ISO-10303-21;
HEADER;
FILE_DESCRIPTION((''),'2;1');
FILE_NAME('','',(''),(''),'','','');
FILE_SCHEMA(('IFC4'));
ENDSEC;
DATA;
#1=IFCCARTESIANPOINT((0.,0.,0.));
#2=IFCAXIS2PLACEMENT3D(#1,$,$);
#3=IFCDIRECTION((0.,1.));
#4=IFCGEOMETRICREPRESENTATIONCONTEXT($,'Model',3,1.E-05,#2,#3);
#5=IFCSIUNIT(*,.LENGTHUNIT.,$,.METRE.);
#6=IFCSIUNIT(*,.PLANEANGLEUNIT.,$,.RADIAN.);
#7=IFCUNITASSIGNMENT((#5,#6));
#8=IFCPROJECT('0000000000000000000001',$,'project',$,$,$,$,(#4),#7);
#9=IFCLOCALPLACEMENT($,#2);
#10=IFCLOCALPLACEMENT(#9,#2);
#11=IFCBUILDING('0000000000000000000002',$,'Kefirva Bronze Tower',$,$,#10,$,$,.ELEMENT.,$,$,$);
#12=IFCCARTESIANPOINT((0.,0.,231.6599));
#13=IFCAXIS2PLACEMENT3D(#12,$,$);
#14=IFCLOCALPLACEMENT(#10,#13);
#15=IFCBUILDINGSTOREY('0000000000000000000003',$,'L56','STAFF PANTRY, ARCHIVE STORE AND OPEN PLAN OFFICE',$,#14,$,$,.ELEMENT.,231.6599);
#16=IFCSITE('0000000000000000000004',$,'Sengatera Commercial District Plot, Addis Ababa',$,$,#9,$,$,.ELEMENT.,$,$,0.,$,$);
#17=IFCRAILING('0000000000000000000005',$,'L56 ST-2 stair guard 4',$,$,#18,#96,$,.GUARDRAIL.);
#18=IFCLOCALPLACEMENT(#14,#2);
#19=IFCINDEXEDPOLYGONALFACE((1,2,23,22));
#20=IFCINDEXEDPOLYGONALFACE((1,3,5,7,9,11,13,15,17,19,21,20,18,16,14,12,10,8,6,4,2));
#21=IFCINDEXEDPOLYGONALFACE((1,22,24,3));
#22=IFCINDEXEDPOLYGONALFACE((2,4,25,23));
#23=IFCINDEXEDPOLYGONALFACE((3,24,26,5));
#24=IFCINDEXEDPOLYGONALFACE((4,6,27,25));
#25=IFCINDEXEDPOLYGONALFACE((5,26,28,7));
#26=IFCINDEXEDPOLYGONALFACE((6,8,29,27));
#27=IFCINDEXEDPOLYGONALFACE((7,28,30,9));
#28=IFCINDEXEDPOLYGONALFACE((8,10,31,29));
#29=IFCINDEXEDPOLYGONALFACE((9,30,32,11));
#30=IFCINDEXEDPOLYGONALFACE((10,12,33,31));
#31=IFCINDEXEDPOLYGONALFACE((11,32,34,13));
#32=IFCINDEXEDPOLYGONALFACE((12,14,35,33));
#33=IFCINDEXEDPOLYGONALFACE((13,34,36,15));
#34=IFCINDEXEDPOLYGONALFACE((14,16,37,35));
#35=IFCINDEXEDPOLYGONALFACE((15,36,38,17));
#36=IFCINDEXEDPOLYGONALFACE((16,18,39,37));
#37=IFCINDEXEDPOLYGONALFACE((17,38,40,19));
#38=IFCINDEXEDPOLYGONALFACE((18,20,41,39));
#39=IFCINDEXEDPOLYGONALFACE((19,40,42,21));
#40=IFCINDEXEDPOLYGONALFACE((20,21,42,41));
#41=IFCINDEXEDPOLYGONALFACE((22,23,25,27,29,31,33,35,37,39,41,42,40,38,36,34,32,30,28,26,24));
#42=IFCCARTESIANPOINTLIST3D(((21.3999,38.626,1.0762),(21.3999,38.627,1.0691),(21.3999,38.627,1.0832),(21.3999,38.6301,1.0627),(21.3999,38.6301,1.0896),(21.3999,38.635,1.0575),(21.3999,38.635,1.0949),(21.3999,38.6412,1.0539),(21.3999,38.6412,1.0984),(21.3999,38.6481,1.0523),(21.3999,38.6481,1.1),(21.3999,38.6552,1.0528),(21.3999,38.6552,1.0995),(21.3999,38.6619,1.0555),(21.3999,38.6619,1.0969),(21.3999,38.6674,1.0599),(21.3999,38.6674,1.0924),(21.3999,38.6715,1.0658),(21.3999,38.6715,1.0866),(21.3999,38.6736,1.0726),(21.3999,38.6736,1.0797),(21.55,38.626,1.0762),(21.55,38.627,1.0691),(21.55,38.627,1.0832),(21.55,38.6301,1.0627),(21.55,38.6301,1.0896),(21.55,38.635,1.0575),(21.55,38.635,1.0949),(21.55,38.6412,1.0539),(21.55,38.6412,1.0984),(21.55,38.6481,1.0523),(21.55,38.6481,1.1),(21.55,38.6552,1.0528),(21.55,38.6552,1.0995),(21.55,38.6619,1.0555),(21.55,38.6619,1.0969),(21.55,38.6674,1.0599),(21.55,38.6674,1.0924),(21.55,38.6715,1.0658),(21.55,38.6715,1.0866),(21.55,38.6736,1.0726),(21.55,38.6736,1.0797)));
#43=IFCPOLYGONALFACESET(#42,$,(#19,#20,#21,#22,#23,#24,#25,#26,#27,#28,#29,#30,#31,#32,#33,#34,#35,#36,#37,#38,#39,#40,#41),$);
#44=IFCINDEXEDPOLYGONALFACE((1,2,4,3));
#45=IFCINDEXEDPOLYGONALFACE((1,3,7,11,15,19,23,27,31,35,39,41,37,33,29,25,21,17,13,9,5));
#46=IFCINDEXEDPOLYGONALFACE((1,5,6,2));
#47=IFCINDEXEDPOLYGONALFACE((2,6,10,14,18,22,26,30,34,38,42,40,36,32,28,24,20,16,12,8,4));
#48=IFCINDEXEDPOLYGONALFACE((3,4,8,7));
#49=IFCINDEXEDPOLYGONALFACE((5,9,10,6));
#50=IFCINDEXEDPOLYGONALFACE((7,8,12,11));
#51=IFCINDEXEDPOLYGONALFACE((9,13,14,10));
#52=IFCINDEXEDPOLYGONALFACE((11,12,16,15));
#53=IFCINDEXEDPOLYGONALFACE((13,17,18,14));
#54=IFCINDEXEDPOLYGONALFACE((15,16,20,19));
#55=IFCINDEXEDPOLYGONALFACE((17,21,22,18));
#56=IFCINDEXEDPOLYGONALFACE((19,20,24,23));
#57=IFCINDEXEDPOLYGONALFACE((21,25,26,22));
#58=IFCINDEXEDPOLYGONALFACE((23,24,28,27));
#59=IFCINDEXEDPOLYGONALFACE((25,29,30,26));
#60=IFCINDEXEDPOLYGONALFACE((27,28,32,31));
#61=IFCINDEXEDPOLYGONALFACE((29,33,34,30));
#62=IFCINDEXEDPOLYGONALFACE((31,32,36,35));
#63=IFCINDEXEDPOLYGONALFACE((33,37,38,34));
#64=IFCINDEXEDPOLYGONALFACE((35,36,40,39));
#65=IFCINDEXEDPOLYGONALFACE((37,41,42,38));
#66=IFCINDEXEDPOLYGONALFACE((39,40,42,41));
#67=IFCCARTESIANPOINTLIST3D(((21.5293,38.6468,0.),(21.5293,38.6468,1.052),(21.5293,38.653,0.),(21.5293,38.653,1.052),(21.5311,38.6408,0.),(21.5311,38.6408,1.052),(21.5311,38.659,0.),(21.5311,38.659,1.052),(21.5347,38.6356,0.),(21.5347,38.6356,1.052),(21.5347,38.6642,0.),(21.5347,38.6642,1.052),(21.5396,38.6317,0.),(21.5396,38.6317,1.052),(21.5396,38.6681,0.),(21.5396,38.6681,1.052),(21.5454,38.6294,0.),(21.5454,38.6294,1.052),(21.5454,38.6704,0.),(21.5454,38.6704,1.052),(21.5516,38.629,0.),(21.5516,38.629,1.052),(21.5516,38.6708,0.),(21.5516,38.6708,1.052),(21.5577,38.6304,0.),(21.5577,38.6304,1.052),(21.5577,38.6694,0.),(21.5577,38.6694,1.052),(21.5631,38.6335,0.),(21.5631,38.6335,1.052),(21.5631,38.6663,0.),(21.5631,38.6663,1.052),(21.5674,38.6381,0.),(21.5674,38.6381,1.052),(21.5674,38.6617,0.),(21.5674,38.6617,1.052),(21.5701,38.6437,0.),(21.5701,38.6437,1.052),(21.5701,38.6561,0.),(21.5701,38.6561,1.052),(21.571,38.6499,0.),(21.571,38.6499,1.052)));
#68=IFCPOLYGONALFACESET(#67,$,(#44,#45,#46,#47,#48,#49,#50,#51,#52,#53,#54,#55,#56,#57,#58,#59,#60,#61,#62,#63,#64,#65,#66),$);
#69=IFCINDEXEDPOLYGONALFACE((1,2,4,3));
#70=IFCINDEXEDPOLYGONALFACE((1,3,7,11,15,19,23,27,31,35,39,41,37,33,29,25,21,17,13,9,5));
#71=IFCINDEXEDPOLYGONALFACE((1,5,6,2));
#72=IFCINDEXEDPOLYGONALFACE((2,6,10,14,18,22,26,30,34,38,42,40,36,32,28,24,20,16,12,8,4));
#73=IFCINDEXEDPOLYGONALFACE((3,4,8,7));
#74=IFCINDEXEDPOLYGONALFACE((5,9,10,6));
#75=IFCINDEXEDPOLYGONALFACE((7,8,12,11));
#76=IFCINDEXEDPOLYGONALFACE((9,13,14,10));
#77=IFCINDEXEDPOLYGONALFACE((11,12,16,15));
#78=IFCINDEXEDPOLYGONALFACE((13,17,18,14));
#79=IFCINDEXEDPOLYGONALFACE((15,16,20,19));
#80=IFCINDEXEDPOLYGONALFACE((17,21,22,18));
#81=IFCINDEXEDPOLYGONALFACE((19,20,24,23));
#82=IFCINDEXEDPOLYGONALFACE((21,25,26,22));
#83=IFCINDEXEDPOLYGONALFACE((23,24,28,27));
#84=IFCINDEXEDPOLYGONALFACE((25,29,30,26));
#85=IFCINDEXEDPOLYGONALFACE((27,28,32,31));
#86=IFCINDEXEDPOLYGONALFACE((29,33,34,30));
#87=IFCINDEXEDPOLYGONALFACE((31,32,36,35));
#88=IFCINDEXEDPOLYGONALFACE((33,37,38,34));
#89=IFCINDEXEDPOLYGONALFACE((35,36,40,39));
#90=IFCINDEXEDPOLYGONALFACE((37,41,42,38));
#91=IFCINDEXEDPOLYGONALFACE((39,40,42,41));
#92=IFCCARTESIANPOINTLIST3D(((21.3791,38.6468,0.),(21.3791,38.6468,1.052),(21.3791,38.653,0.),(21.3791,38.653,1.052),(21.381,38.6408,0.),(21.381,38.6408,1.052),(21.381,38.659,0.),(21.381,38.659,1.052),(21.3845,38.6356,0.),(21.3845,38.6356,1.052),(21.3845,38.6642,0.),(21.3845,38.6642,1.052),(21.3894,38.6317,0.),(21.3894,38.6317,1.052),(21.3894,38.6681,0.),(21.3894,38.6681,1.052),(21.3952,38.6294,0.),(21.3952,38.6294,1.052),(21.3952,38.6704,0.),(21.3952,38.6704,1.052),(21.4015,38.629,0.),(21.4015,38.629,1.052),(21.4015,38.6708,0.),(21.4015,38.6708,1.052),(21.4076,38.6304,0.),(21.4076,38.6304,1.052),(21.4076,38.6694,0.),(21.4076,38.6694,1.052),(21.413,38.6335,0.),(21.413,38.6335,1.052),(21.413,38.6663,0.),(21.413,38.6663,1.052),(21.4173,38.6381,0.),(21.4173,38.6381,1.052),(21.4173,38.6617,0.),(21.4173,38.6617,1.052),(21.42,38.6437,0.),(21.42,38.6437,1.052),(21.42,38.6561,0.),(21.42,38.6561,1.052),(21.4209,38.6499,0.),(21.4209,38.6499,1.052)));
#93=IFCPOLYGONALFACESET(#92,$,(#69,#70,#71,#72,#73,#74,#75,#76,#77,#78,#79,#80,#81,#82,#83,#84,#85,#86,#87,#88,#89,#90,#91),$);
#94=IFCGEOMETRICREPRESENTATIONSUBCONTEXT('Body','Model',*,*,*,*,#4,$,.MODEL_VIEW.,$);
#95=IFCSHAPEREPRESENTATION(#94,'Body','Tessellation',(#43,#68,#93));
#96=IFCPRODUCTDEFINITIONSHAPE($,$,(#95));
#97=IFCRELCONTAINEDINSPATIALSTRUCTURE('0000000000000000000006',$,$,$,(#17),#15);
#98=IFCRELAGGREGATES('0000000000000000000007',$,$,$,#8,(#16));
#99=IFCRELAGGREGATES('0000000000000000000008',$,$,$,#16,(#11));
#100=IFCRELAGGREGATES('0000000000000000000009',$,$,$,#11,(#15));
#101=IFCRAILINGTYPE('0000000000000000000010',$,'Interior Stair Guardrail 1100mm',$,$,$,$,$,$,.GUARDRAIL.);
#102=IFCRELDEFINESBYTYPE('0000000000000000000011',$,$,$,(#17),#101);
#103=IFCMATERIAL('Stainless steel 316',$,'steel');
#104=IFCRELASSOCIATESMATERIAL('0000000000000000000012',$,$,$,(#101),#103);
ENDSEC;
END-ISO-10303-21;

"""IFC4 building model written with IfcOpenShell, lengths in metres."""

from ifc_helpers import new_model, si_unit, direction, frame, origin, origin_2d, place, context, subcontext, project, spatial, circle, extrude, material, type_object, element, save


model = new_model("IFC4")

# Units and contexts
model_context = context("Model", 3, precision=1e-05, world=origin(), true_north=direction((0.0, 1.0)))
body_context = subcontext(model_context, "Body", "Model", "MODEL_VIEW")
ifc_project = project(units=[si_unit("LENGTHUNIT", "METRE"), si_unit("PLANEANGLEUNIT", "RADIAN")], contexts=[model_context])

# Site, building, storey
site_placement = place(None, origin())
site = spatial("IfcSite", under=ifc_project, at=site_placement, Name="Sengatera Commercial District Plot, Addis Ababa", CompositionType="ELEMENT", RefElevation=0.0)
building_placement = place(site_placement, origin())
building = spatial("IfcBuilding", under=site, at=building_placement, Name="Kefirva Bronze Tower", CompositionType="ELEMENT")
storey_placement = place(building_placement, frame((0.0, 0.0, 231.6599)))
storey = spatial("IfcBuildingStorey", under=building, at=storey_placement, Name="L56", Description="STAFF PANTRY, ARCHIVE STORE AND OPEN PLAN OFFICE", CompositionType="ELEMENT", Elevation=231.6599)

# Railing
ifc_material_1 = material(Name="Stainless steel 316", Category="steel")
railing_type_1 = type_object("IfcRailingType", Name="Interior Stair Guardrail 1100mm", PredefinedType="GUARDRAIL", material=ifc_material_1)
railing_1_placement = place(storey_placement, frame((21.55, 38.6499, 0.0)))
element("IfcRailing", 1, at=railing_1_placement, inside=storey, type_object=railing_type_1, Name="L56 ST-2 stair guard 4", PredefinedType="GUARDRAIL", context=body_context, shape_type="SweptSolid", body=[
    extrude(circle(Radius=0.0239, at=origin_2d()), frame((0.0, 0.0, 1.0762), z_axis=(-1.0, 0.0, 0.0), x_axis=(0.0, -1.0, 0.0)), (0.0, 0.0, 1.0), 0.1501),
    extrude(circle(Radius=0.021, at=origin_2d()), origin(), (0.0, 0.0, 1.0), 1.052),
    extrude(circle(Radius=0.021, at=origin_2d()), frame((-0.1501, 0.0, 0.0)), (0.0, 0.0, 1.0), 1.052),
])

save(model, "model.ifc")
